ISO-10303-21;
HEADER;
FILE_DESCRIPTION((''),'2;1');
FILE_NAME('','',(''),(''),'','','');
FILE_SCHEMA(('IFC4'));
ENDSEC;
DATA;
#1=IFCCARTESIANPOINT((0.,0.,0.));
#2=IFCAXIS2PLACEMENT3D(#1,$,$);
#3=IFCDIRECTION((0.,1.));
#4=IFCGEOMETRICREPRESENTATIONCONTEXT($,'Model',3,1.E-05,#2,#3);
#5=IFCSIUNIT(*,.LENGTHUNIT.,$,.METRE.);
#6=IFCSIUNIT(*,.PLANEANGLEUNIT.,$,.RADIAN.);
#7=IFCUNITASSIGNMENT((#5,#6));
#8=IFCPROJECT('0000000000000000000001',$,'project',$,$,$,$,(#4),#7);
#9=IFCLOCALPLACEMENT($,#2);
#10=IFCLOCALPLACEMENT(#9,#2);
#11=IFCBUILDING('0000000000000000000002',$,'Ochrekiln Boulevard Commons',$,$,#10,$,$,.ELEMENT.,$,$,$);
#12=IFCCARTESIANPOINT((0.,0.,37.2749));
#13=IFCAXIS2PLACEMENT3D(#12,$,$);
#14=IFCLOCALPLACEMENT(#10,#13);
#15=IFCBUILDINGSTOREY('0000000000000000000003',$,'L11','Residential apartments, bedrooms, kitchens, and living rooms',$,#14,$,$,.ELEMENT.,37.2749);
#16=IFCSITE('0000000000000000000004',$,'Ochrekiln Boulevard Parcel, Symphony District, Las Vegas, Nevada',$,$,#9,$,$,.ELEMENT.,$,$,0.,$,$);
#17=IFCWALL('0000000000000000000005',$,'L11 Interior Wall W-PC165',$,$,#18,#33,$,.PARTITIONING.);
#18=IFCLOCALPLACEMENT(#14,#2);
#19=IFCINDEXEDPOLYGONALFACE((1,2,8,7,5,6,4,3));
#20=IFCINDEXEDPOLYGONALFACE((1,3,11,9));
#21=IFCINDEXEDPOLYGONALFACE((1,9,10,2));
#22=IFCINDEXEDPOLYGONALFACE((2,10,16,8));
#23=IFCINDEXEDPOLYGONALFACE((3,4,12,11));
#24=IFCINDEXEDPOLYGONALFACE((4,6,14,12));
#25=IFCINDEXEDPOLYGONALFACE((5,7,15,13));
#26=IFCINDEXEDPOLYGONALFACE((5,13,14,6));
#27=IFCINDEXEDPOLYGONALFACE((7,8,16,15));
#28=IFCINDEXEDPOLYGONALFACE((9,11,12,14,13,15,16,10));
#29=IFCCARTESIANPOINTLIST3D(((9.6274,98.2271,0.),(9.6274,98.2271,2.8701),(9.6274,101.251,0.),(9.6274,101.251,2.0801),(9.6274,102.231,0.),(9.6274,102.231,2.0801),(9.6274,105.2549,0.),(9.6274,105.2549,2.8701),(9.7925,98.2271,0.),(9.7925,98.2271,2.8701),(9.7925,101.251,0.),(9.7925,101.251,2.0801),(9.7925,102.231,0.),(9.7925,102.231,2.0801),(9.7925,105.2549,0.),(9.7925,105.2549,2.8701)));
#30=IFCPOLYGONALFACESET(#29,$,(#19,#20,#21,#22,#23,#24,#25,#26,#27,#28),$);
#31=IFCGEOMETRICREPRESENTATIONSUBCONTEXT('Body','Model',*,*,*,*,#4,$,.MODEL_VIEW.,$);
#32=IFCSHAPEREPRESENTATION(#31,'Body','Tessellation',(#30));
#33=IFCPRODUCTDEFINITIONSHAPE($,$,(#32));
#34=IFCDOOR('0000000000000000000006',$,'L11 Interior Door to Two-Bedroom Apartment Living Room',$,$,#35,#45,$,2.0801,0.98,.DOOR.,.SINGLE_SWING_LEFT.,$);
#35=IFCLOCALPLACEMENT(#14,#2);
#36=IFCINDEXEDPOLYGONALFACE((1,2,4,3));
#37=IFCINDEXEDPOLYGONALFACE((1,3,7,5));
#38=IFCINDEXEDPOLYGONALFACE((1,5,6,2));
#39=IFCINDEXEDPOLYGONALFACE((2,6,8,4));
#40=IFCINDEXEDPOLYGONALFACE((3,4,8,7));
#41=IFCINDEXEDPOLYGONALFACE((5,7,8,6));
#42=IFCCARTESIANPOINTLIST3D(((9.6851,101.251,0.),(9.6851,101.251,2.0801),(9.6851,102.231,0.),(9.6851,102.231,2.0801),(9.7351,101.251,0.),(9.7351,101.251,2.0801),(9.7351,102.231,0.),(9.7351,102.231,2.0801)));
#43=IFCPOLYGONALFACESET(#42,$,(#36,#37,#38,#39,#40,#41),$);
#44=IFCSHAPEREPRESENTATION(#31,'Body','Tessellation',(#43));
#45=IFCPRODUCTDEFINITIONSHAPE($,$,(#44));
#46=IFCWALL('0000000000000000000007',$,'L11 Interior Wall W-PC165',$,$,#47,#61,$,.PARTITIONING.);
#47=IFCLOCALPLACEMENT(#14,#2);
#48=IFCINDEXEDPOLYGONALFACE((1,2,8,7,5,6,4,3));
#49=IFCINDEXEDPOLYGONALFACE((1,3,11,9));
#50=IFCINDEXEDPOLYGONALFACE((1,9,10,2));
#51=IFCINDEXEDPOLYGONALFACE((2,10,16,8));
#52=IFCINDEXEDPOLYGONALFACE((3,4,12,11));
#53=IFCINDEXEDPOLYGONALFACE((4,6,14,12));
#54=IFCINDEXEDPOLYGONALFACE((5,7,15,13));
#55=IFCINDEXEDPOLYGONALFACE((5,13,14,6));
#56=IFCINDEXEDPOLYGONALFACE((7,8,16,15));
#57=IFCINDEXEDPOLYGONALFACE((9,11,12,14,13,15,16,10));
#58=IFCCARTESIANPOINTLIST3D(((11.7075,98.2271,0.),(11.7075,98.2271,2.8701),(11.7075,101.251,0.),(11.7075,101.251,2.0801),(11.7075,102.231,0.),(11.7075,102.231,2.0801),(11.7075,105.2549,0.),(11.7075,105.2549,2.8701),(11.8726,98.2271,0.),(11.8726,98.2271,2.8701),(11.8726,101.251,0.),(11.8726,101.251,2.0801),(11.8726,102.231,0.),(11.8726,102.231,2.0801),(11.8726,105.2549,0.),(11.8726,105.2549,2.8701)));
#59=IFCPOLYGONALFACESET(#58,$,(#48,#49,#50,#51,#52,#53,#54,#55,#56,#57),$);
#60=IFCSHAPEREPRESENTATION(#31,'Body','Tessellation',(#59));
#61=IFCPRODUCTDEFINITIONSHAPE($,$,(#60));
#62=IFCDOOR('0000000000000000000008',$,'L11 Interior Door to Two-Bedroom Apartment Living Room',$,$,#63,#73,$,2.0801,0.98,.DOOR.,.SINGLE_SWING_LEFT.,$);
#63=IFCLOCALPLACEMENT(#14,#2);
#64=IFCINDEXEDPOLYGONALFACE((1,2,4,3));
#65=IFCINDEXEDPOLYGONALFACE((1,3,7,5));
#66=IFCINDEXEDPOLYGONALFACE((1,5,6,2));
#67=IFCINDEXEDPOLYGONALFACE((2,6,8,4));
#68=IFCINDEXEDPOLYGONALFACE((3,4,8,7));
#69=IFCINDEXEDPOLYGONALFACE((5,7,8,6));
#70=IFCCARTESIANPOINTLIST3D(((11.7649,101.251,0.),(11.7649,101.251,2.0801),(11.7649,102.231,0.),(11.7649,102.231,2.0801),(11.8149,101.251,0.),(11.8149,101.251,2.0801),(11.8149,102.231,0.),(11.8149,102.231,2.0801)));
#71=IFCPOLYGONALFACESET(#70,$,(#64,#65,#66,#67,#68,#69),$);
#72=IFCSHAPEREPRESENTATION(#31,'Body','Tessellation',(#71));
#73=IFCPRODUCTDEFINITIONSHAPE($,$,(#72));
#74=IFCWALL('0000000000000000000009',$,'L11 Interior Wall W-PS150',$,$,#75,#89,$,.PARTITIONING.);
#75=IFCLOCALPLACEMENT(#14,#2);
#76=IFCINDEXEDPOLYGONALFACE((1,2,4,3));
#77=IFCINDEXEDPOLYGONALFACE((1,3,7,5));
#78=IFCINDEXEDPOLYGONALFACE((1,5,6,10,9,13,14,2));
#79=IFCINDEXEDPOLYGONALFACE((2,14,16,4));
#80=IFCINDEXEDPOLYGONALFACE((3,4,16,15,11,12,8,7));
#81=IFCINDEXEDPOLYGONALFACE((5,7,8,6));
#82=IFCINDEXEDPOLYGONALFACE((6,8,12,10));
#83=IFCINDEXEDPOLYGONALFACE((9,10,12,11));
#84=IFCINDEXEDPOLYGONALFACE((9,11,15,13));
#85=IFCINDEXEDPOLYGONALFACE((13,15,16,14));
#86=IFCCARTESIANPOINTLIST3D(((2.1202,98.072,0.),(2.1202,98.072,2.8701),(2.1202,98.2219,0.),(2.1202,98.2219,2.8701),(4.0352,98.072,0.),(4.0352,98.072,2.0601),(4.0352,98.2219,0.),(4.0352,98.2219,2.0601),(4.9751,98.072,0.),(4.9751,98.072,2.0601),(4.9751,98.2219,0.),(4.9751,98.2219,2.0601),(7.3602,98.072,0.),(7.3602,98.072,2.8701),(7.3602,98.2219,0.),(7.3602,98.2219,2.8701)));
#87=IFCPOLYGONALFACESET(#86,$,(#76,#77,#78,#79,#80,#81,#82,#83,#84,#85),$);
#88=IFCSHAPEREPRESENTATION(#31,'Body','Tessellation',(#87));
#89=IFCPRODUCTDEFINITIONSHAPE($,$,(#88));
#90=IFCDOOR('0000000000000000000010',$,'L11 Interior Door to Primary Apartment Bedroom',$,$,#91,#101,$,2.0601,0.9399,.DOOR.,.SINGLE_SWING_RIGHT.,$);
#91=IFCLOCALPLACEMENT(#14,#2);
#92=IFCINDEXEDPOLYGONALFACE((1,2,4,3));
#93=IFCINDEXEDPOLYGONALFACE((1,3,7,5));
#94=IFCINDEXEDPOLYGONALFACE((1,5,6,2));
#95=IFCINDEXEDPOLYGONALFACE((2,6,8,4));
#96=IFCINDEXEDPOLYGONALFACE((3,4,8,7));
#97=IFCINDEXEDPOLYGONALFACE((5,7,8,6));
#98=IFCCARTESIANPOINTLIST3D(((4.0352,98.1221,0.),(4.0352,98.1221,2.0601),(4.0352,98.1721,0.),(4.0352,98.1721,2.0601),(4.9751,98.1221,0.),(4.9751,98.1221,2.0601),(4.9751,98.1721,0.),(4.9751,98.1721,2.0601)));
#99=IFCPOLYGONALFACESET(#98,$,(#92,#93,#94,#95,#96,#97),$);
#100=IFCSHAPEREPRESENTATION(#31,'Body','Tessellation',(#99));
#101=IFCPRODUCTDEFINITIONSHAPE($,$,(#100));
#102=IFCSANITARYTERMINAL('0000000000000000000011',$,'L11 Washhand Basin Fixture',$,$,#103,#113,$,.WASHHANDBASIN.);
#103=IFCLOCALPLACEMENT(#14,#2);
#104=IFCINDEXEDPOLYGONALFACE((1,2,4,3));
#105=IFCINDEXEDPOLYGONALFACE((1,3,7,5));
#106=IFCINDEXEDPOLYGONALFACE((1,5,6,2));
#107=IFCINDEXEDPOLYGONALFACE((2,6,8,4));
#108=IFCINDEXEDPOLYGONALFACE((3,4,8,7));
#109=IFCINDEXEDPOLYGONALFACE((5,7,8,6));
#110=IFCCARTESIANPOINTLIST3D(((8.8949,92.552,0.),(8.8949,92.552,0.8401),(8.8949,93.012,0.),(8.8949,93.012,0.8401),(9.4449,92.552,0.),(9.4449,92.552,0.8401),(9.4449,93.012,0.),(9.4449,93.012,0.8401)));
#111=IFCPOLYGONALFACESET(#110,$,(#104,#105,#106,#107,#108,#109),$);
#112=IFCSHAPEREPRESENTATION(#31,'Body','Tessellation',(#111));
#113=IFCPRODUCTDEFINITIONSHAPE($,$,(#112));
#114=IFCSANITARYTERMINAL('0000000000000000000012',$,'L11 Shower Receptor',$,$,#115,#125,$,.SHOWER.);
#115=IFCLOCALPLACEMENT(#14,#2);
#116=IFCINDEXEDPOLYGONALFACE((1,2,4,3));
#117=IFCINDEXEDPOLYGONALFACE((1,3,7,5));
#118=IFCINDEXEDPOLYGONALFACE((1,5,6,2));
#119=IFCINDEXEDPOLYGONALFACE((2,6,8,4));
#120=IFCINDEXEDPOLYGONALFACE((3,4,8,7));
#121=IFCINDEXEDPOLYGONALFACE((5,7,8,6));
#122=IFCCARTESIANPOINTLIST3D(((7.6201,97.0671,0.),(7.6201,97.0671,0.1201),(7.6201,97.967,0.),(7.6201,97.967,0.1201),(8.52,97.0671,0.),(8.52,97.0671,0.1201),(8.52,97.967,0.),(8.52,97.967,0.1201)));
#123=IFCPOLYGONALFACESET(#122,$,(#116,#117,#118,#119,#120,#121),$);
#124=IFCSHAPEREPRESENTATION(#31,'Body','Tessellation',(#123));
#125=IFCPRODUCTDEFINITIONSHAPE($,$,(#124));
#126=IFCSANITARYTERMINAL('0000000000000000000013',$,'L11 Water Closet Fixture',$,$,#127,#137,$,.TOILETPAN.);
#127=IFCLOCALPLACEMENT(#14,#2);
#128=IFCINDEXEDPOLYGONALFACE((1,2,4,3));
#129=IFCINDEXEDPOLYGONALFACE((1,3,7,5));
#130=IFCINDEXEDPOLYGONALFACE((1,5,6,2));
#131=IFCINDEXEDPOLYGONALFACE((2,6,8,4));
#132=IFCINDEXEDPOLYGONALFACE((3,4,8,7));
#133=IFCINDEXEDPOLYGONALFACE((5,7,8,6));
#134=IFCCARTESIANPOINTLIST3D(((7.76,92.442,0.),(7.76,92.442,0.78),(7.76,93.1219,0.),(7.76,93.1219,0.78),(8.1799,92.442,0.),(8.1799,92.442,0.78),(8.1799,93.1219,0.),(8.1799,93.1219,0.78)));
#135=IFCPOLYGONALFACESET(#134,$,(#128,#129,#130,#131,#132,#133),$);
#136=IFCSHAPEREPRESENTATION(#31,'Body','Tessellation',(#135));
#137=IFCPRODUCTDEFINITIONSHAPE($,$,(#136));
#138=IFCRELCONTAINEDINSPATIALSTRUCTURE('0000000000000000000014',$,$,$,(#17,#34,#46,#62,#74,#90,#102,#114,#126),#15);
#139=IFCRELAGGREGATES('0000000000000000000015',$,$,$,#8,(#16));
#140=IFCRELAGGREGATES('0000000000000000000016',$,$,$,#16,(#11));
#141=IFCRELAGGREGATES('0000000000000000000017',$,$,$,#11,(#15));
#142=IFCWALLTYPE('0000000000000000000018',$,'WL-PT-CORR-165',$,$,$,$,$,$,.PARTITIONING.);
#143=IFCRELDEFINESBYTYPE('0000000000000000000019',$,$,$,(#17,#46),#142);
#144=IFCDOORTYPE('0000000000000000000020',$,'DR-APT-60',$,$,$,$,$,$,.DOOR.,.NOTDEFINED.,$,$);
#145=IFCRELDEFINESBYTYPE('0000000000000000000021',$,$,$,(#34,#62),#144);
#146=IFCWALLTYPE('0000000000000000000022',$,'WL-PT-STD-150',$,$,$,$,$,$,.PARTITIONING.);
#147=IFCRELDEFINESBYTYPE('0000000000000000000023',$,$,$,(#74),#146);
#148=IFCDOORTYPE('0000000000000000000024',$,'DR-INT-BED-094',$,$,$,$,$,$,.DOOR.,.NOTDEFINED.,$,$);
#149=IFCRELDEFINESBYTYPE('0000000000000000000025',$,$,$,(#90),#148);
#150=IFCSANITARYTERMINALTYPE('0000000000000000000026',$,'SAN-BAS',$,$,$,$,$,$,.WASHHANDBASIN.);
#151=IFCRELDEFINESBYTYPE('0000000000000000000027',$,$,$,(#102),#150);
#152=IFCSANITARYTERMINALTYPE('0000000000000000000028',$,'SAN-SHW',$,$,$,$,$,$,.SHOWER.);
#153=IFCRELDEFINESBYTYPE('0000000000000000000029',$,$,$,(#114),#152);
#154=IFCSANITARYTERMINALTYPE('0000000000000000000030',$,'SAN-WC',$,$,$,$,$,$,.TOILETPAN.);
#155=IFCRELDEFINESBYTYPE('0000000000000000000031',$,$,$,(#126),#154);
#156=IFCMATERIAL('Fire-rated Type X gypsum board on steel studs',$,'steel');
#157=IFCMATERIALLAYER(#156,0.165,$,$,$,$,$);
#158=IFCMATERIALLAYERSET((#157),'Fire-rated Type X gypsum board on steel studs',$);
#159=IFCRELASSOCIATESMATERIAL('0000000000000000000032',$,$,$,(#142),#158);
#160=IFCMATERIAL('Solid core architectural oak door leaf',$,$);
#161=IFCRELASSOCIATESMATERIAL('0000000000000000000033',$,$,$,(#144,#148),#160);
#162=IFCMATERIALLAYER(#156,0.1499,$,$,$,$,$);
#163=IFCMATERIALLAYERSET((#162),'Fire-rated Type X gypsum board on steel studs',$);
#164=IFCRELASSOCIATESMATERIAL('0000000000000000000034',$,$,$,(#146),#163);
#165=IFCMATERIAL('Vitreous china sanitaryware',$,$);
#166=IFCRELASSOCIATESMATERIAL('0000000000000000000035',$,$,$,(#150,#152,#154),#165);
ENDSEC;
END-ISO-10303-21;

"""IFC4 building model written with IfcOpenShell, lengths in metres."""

from ifc_helpers import new_model, si_unit, direction, frame, frame_2d, origin, origin_2d, place, context, subcontext, project, spatial, rectangle, extrude, material, layer, layer_set, type_object, element, fill, save


model = new_model("IFC4")

# Units and contexts
model_context = context("Model", 3, precision=1e-05, world=origin(), true_north=direction((0.0, 1.0)))
body_context = subcontext(model_context, "Body", "Model", "MODEL_VIEW")
ifc_project = project(units=[si_unit("LENGTHUNIT", "METRE"), si_unit("PLANEANGLEUNIT", "RADIAN")], contexts=[model_context])

# Site, building, storey
site_placement = place(None, origin())
site = spatial("IfcSite", under=ifc_project, at=site_placement, Name="Ochrekiln Boulevard Parcel, Symphony District, Las Vegas, Nevada", CompositionType="ELEMENT", RefElevation=0.0)
building_placement = place(site_placement, origin())
building = spatial("IfcBuilding", under=site, at=building_placement, Name="Ochrekiln Boulevard Commons", CompositionType="ELEMENT")
storey_placement = place(building_placement, frame((0.0, 0.0, 37.2749)))
storey = spatial("IfcBuildingStorey", under=building, at=storey_placement, Name="L11", Description="Residential apartments, bedrooms, kitchens, and living rooms", CompositionType="ELEMENT", Elevation=37.2749)

# Shared definitions
ifc_material_1 = material(Name="Solid core architectural oak door leaf")

# Walls, openings, doors
ifc_material_2 = material(Name="Fire-rated Type X gypsum board on steel studs", Category="steel")
ifc_layer_1 = layer(ifc_material_2, 0.165)
ifc_layer_set_1 = layer_set([ifc_layer_1], Name="Fire-rated Type X gypsum board on steel studs")
wall_type_1 = type_object("IfcWallType", Name="WL-PT-CORR-165", PredefinedType="PARTITIONING", material=ifc_layer_set_1)
wall_1_placement = place(storey_placement, frame((9.71, 98.2271, 0.0), z_axis=(0.0, 0.0, 1.0), x_axis=(0.0, 1.0, 0.0)))
wall_1 = element("IfcWall", 1, at=wall_1_placement, inside=storey, type_object=wall_type_1, Name="L11 Interior Wall W-PC165", PredefinedType="PARTITIONING", context=body_context, shape_type="SweptSolid", body=[
    extrude(rectangle(XDim=7.0278, YDim=0.165, at=frame_2d((3.5139, 0.0))), origin(), (0.0, 0.0, 1.0), 2.8701),
])
opening_1_placement = place(wall_1_placement, frame((3.0239, 0.0, 0.0)))
opening_1 = element("IfcOpeningElement", 2, at=opening_1_placement, cuts=wall_1, PredefinedType="OPENING", context=body_context, shape_type="SweptSolid", body=[
    extrude(rectangle(XDim=0.98, YDim=2.0801, at=frame_2d((0.49, 1.04))), frame((0.0, 0.0925, 0.0), z_axis=(0.0, -1.0, 0.0), x_axis=(1.0, 0.0, 0.0)), (0.0, 0.0, 1.0), 0.1851),
])
door_type_1 = type_object("IfcDoorType", Name="DR-APT-60", OperationType="NOTDEFINED", PredefinedType="DOOR", material=ifc_material_1)
door_1_placement = place(opening_1_placement, origin())
door_1 = element("IfcDoor", 3, at=door_1_placement, inside=storey, type_object=door_type_1, Name="L11 Interior Door to Two-Bedroom Apartment Living Room", OperationType="SINGLE_SWING_LEFT", OverallHeight=2.0801, OverallWidth=0.98, PredefinedType="DOOR", context=body_context, shape_type="SweptSolid", body=[
    extrude(rectangle(XDim=0.98, YDim=2.0801, at=frame_2d((0.49, 1.04))), frame((0.0, 0.0249, 0.0), z_axis=(0.0, -1.0, 0.0), x_axis=(1.0, 0.0, 0.0)), (0.0, 0.0, 1.0), 0.05),
])
fill(opening_1, door_1)
wall_2_placement = place(storey_placement, frame((11.79, 98.2271, 0.0), z_axis=(0.0, 0.0, 1.0), x_axis=(0.0, 1.0, 0.0)))
wall_2 = element("IfcWall", 4, at=wall_2_placement, inside=storey, type_object=wall_type_1, Name="L11 Interior Wall W-PC165", PredefinedType="PARTITIONING", context=body_context, shape_type="SweptSolid", body=[
    extrude(rectangle(XDim=7.0278, YDim=0.165, at=frame_2d((3.5139, 0.0))), origin(), (0.0, 0.0, 1.0), 2.8701),
])
opening_2_placement = place(wall_2_placement, frame((3.0239, 0.0, 0.0)))
opening_2 = element("IfcOpeningElement", 5, at=opening_2_placement, cuts=wall_2, PredefinedType="OPENING", context=body_context, shape_type="SweptSolid", body=[
    extrude(rectangle(XDim=0.98, YDim=2.0801, at=frame_2d((0.49, 1.04))), frame((0.0, 0.0925, 0.0), z_axis=(0.0, -1.0, 0.0), x_axis=(1.0, 0.0, 0.0)), (0.0, 0.0, 1.0), 0.1851),
])
door_2_placement = place(opening_2_placement, frame((0.98, 0.0, 0.0), z_axis=(0.0, 0.0, 1.0), x_axis=(-1.0, 0.0, 0.0)))
door_2 = element("IfcDoor", 6, at=door_2_placement, inside=storey, type_object=door_type_1, Name="L11 Interior Door to Two-Bedroom Apartment Living Room", OperationType="SINGLE_SWING_LEFT", OverallHeight=2.0801, OverallWidth=0.98, PredefinedType="DOOR", context=body_context, shape_type="SweptSolid", body=[
    extrude(rectangle(XDim=0.98, YDim=2.0801, at=frame_2d((0.49, 1.04))), frame((0.0, 0.0249, 0.0), z_axis=(0.0, -1.0, 0.0), x_axis=(1.0, 0.0, 0.0)), (0.0, 0.0, 1.0), 0.05),
])
fill(opening_2, door_2)
ifc_layer_2 = layer(ifc_material_2, 0.1499)
ifc_layer_set_2 = layer_set([ifc_layer_2], Name="Fire-rated Type X gypsum board on steel studs")
wall_type_2 = type_object("IfcWallType", Name="WL-PT-STD-150", PredefinedType="PARTITIONING", material=ifc_layer_set_2)
wall_3_placement = place(storey_placement, frame((2.1201, 98.147, 0.0), z_axis=(0.0, 0.0, 1.0), x_axis=(1.0, 0.0, 0.0)))
wall_3 = element("IfcWall", 7, at=wall_3_placement, inside=storey, type_object=wall_type_2, Name="L11 Interior Wall W-PS150", PredefinedType="PARTITIONING", context=body_context, shape_type="SweptSolid", body=[
    extrude(rectangle(XDim=5.24, YDim=0.1499, at=frame_2d((2.6201, 0.0))), origin(), (0.0, 0.0, 1.0), 2.8701),
])
opening_3_placement = place(wall_3_placement, frame((1.915, 0.0, 0.0)))
opening_3 = element("IfcOpeningElement", 8, at=opening_3_placement, cuts=wall_3, PredefinedType="OPENING", context=body_context, shape_type="SweptSolid", body=[
    extrude(rectangle(XDim=0.9399, YDim=2.0601, at=frame_2d((0.47, 1.03))), frame((0.0, 0.085, 0.0), z_axis=(0.0, -1.0, 0.0), x_axis=(1.0, 0.0, 0.0)), (0.0, 0.0, 1.0), 0.1699),
])
door_type_2 = type_object("IfcDoorType", Name="DR-INT-BED-094", OperationType="NOTDEFINED", PredefinedType="DOOR", material=ifc_material_1)
door_3_placement = place(opening_3_placement, frame((0.9399, 0.0, 0.0), z_axis=(0.0, 0.0, 1.0), x_axis=(-1.0, 0.0, 0.0)))
door_3 = element("IfcDoor", 9, at=door_3_placement, inside=storey, type_object=door_type_2, Name="L11 Interior Door to Primary Apartment Bedroom", OperationType="SINGLE_SWING_RIGHT", OverallHeight=2.0601, OverallWidth=0.9399, PredefinedType="DOOR", context=body_context, shape_type="SweptSolid", body=[
    extrude(rectangle(XDim=0.9399, YDim=2.0601, at=frame_2d((0.47, 1.03))), frame((0.0, 0.0249, 0.0), z_axis=(0.0, -1.0, 0.0), x_axis=(1.0, 0.0, 0.0)), (0.0, 0.0, 1.0), 0.05),
])
fill(opening_3, door_3)

# Sanitary terminals
ifc_material_3 = material(Name="Vitreous china sanitaryware")
sanitary_terminal_type_1 = type_object("IfcSanitaryTerminalType", Name="SAN-BAS", PredefinedType="WASHHANDBASIN", material=ifc_material_3)
sanitary_terminal_1_placement = place(storey_placement, frame((9.1699, 92.782, 0.0), z_axis=(0.0, 0.0, 1.0), x_axis=(1.0, 0.0, 0.0)))
element("IfcSanitaryTerminal", 10, at=sanitary_terminal_1_placement, inside=storey, type_object=sanitary_terminal_type_1, Name="L11 Washhand Basin Fixture", PredefinedType="WASHHANDBASIN", context=body_context, shape_type="SweptSolid", body=[
    extrude(rectangle(XDim=0.55, YDim=0.46, at=origin_2d()), origin(), (0.0, 0.0, 1.0), 0.8401),
])
sanitary_terminal_type_2 = type_object("IfcSanitaryTerminalType", Name="SAN-SHW", PredefinedType="SHOWER", material=ifc_material_3)
sanitary_terminal_2_placement = place(storey_placement, frame((8.0701, 97.5171, 0.0), z_axis=(0.0, 0.0, 1.0), x_axis=(1.0, 0.0, 0.0)))
element("IfcSanitaryTerminal", 11, at=sanitary_terminal_2_placement, inside=storey, type_object=sanitary_terminal_type_2, Name="L11 Shower Receptor", PredefinedType="SHOWER", context=body_context, shape_type="SweptSolid", body=[
    extrude(rectangle(XDim=0.8999, YDim=0.8999, at=origin_2d()), origin(), (0.0, 0.0, 1.0), 0.1201),
])
sanitary_terminal_type_3 = type_object("IfcSanitaryTerminalType", Name="SAN-WC", PredefinedType="TOILETPAN", material=ifc_material_3)
sanitary_terminal_3_placement = place(storey_placement, frame((7.97, 92.782, 0.0), z_axis=(0.0, 0.0, 1.0), x_axis=(1.0, 0.0, 0.0)))
element("IfcSanitaryTerminal", 12, at=sanitary_terminal_3_placement, inside=storey, type_object=sanitary_terminal_type_3, Name="L11 Water Closet Fixture", PredefinedType="TOILETPAN", context=body_context, shape_type="SweptSolid", body=[
    extrude(rectangle(XDim=0.4199, YDim=0.6799, at=origin_2d()), origin(), (0.0, 0.0, 1.0), 0.78),
])

save(model, "model.ifc")
